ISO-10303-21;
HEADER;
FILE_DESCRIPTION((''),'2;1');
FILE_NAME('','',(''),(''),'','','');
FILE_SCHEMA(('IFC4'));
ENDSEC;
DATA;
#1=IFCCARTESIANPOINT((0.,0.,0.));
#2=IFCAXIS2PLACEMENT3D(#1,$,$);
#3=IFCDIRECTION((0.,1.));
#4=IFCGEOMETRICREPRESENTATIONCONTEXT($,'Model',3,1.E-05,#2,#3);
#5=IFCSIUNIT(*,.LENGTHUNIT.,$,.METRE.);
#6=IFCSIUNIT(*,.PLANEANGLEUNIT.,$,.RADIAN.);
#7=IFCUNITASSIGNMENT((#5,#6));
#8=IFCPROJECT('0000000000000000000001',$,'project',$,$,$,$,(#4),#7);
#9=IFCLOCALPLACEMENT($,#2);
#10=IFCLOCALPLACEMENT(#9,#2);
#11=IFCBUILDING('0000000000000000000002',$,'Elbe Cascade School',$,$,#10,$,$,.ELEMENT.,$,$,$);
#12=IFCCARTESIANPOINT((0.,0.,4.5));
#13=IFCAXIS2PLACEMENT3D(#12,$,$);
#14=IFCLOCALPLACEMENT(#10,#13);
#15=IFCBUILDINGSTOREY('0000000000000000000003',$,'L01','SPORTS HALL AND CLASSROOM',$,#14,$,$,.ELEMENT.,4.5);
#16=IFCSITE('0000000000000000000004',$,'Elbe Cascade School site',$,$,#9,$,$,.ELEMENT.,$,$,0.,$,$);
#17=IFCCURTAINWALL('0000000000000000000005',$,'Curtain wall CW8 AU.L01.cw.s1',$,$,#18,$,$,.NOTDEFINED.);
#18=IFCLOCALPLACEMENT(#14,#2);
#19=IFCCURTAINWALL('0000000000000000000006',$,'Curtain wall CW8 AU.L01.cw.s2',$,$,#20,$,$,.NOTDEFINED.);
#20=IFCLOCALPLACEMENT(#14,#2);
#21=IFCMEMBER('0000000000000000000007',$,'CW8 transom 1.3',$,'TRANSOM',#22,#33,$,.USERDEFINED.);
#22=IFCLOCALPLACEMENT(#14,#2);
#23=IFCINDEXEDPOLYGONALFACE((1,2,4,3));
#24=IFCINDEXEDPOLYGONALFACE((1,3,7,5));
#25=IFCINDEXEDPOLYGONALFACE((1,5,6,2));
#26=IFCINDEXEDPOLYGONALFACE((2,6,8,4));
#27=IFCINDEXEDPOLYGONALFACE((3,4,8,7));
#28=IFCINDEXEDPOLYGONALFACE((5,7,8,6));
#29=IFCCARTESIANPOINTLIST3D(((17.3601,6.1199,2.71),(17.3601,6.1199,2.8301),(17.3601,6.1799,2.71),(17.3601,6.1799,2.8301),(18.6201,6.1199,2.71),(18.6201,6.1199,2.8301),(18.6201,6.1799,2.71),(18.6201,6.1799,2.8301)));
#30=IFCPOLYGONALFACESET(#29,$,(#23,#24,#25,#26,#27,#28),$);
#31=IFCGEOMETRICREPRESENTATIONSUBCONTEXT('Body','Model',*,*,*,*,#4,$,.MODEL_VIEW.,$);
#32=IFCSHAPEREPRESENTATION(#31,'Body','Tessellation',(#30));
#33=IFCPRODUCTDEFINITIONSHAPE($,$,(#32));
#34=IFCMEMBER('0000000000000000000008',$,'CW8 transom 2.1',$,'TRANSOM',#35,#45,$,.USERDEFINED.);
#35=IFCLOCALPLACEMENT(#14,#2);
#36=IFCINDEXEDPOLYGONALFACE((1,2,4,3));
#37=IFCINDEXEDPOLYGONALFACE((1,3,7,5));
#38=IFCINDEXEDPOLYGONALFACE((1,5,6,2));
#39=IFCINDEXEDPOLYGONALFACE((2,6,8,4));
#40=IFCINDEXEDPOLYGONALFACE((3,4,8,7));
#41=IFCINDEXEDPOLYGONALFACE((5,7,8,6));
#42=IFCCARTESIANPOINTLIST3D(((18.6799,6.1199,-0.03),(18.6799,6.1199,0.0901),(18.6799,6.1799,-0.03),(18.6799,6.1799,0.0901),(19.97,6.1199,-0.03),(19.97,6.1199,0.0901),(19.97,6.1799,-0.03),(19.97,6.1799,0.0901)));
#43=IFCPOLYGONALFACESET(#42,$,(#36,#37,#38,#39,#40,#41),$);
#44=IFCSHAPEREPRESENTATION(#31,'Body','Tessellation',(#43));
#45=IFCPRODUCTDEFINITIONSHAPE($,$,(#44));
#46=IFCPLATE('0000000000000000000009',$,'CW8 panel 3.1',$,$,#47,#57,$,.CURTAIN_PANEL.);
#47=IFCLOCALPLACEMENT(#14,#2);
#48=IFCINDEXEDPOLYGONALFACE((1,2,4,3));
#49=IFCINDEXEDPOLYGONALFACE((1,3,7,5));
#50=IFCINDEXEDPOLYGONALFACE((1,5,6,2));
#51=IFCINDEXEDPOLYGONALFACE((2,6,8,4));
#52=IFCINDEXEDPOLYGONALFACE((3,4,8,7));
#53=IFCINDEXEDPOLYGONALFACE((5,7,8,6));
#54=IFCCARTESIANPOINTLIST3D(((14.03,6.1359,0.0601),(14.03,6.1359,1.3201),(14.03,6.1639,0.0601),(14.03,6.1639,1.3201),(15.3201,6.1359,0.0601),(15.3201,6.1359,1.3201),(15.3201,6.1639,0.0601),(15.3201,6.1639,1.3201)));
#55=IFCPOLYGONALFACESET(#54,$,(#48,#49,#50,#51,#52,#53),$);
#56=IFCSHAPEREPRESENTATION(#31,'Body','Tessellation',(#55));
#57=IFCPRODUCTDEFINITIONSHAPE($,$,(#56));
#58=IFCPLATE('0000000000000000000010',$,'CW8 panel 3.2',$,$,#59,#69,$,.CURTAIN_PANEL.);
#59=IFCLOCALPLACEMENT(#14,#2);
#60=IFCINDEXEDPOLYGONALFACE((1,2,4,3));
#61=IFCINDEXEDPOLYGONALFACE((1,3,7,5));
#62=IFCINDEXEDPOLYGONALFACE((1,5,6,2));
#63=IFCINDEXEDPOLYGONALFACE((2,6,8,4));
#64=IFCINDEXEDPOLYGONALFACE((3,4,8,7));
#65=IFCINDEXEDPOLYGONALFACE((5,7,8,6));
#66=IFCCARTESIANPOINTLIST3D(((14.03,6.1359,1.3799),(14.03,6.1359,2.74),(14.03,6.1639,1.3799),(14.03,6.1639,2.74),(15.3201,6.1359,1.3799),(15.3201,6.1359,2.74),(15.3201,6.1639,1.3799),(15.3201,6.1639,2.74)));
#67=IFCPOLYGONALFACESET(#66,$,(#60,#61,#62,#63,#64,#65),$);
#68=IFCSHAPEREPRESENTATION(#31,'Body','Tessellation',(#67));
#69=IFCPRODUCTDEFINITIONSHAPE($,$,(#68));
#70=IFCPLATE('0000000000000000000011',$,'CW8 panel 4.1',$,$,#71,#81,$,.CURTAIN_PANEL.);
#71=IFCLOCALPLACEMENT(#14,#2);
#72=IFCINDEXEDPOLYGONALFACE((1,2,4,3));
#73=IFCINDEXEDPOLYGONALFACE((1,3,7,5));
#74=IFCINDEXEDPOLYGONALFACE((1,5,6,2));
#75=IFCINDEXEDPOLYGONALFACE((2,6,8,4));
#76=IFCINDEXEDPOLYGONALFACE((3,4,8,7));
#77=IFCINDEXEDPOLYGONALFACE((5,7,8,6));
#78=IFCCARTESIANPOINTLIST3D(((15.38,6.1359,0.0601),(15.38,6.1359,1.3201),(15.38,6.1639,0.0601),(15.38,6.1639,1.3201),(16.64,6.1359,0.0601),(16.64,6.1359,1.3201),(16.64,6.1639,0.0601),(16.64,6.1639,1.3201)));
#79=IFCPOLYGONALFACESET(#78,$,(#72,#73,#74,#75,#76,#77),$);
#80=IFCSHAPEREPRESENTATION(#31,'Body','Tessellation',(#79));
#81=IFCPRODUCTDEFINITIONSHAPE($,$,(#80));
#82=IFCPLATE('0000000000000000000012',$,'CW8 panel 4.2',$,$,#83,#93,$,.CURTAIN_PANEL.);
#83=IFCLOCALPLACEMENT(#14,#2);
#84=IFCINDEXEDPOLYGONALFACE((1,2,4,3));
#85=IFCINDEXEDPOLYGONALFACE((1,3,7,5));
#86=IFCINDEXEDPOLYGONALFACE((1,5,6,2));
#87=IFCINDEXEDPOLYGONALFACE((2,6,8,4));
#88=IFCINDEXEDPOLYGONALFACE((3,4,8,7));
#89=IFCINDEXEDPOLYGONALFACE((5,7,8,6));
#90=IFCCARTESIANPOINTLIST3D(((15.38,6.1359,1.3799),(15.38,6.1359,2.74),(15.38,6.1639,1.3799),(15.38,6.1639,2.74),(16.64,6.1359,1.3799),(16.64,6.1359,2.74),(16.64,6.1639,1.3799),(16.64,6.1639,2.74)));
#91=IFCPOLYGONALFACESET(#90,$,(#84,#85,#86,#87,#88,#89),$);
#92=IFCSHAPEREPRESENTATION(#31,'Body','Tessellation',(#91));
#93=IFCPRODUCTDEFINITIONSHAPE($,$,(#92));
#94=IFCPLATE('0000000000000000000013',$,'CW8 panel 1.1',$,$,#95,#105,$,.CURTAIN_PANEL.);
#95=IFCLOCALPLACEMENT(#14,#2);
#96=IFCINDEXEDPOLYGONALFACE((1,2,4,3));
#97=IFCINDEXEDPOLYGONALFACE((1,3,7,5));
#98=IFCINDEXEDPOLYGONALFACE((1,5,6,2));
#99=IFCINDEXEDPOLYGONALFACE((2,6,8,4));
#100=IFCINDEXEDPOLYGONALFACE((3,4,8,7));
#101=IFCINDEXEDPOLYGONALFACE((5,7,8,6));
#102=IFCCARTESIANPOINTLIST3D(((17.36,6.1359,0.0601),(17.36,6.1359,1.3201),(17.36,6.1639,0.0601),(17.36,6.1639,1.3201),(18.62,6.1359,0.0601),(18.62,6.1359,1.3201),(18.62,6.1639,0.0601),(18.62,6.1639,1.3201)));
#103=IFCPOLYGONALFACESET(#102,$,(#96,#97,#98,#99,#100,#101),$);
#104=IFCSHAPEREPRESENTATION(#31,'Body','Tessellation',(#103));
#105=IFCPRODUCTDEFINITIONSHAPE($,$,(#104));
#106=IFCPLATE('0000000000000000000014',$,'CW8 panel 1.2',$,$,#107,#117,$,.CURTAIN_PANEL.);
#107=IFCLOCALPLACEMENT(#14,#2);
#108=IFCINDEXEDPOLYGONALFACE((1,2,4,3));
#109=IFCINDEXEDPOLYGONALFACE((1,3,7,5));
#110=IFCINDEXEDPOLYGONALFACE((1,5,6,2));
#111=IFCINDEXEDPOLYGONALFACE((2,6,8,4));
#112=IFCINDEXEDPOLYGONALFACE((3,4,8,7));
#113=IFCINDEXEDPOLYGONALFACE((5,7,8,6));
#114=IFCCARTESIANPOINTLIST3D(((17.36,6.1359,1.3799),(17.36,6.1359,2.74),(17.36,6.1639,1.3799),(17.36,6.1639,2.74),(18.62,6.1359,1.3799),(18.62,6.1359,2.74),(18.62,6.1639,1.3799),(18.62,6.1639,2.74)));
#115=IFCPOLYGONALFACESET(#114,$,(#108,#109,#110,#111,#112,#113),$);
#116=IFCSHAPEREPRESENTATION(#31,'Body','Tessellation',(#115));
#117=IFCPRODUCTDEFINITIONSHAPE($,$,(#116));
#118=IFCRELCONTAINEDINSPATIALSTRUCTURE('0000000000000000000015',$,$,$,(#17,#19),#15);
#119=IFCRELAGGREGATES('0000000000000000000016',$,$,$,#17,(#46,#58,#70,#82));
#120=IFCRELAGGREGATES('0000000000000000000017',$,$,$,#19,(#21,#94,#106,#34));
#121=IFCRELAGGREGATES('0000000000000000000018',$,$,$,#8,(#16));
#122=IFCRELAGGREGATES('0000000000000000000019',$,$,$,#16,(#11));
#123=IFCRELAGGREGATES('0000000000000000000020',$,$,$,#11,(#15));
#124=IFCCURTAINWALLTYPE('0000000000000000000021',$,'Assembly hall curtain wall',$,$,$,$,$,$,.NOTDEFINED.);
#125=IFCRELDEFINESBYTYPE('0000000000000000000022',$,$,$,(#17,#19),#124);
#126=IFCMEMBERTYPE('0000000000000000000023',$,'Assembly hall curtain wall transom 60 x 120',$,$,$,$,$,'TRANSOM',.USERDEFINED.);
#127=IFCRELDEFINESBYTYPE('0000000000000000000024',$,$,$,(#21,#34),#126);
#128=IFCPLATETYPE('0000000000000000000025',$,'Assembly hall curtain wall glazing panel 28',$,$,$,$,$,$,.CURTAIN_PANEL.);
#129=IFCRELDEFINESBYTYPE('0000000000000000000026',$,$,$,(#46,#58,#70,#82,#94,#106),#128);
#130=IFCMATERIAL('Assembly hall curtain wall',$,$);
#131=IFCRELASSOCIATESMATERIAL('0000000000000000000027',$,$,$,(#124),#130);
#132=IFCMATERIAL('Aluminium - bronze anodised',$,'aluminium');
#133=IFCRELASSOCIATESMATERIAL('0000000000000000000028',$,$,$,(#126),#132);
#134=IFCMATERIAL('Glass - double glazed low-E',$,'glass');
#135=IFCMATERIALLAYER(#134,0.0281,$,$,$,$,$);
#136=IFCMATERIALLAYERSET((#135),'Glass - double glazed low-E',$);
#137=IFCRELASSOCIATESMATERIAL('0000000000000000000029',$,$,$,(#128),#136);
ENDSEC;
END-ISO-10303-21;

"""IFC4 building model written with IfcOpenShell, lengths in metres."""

from ifc_helpers import new_model, si_unit, direction, frame, origin, origin_2d, place, context, subcontext, project, spatial, rectangle, extrude, material, layer, layer_set, material_profile, profile_set, type_object, element, aggregate, save


model = new_model("IFC4")

# Units and contexts
model_context = context("Model", 3, precision=1e-05, world=origin(), true_north=direction((0.0, 1.0)))
body_context = subcontext(model_context, "Body", "Model", "MODEL_VIEW")
ifc_project = project(units=[si_unit("LENGTHUNIT", "METRE"), si_unit("PLANEANGLEUNIT", "RADIAN")], contexts=[model_context])

# Site, building, storey
site_placement = place(None, origin())
site = spatial("IfcSite", under=ifc_project, at=site_placement, Name="Elbe Cascade School site", CompositionType="ELEMENT", RefElevation=0.0)
building_placement = place(site_placement, origin())
building = spatial("IfcBuilding", under=site, at=building_placement, Name="Elbe Cascade School", CompositionType="ELEMENT")
storey_placement = place(building_placement, frame((0.0, 0.0, 4.5)))
storey = spatial("IfcBuildingStorey", under=building, at=storey_placement, Name="L01", Description="SPORTS HALL AND CLASSROOM", CompositionType="ELEMENT", Elevation=4.5)

# Curtain walls
ifc_material_1 = material(Name="Assembly hall curtain wall")
curtain_wall_type = type_object("IfcCurtainWallType", Name="Assembly hall curtain wall", PredefinedType="NOTDEFINED", material=ifc_material_1)
curtain_wall_1_placement = place(storey_placement, origin())
curtain_wall_1 = element("IfcCurtainWall", 1, at=curtain_wall_1_placement, inside=storey, type_object=curtain_wall_type, Name="Curtain wall CW8 AU.L01.cw.s1", PredefinedType="NOTDEFINED")
curtain_wall_2_placement = place(storey_placement, origin())
curtain_wall_2 = element("IfcCurtainWall", 2, at=curtain_wall_2_placement, inside=storey, type_object=curtain_wall_type, Name="Curtain wall CW8 AU.L01.cw.s2", PredefinedType="NOTDEFINED")

# Members
ifc_material_2 = material(Name="Aluminium - bronze anodised", Category="aluminium")
ifc_material_profile_1 = material_profile(ifc_material_2, rectangle(XDim=0.0601, YDim=0.1201, at=origin_2d()), Name="RECT 60x120")
ifc_profile_set_1 = profile_set([ifc_material_profile_1], Name="Aluminium - bronze anodised")
member_type_1 = type_object("IfcMemberType", Name="Assembly hall curtain wall transom 60 x 120", ElementType="TRANSOM", PredefinedType="USERDEFINED", material=ifc_profile_set_1)
member_1_placement = place(storey_placement, frame((17.3601, 6.1499, 2.77), z_axis=(1.0, 0.0, 0.0), x_axis=(0.0, 1.0, 0.0)))
member_1 = element("IfcMember", 3, at=member_1_placement, type_object=member_type_1, Name="CW8 transom 1.3", ObjectType="TRANSOM", PredefinedType="USERDEFINED", context=body_context, shape_type="SweptSolid", body=[
    extrude(rectangle(XDim=0.0601, YDim=0.1201, at=origin_2d()), origin(), (0.0, 0.0, 1.0), 1.26),
])
member_2_placement = place(storey_placement, frame((18.6799, 6.1499, 0.03), z_axis=(1.0, 0.0, 0.0), x_axis=(0.0, 1.0, 0.0)))
member_2 = element("IfcMember", 4, at=member_2_placement, type_object=member_type_1, Name="CW8 transom 2.1", ObjectType="TRANSOM", PredefinedType="USERDEFINED", context=body_context, shape_type="SweptSolid", body=[
    extrude(rectangle(XDim=0.0601, YDim=0.1201, at=origin_2d()), origin(), (0.0, 0.0, 1.0), 1.29),
])

# Plates
ifc_material_3 = material(Name="Glass - double glazed low-E", Category="glass")
ifc_layer = layer(ifc_material_3, 0.0281)
ifc_layer_set = layer_set([ifc_layer], Name="Glass - double glazed low-E")
plate_type = type_object("IfcPlateType", Name="Assembly hall curtain wall glazing panel 28", PredefinedType="CURTAIN_PANEL", material=ifc_layer_set)
plate_1_placement = place(storey_placement, frame((14.675, 6.1499, 0.0601), z_axis=(0.0, 0.0, 1.0), x_axis=(1.0, 0.0, 0.0)))
plate_1 = element("IfcPlate", 5, at=plate_1_placement, type_object=plate_type, Name="CW8 panel 3.1", PredefinedType="CURTAIN_PANEL", context=body_context, shape_type="SweptSolid", body=[
    extrude(rectangle(XDim=1.29, YDim=0.0281, at=origin_2d()), origin(), (0.0, 0.0, 1.0), 1.26),
])
plate_2_placement = place(storey_placement, frame((14.675, 6.1499, 1.3799), z_axis=(0.0, 0.0, 1.0), x_axis=(1.0, 0.0, 0.0)))
plate_2 = element("IfcPlate", 6, at=plate_2_placement, type_object=plate_type, Name="CW8 panel 3.2", PredefinedType="CURTAIN_PANEL", context=body_context, shape_type="SweptSolid", body=[
    extrude(rectangle(XDim=1.29, YDim=0.0281, at=origin_2d()), origin(), (0.0, 0.0, 1.0), 1.3601),
])
plate_3_placement = place(storey_placement, frame((16.01, 6.1499, 0.0601), z_axis=(0.0, 0.0, 1.0), x_axis=(1.0, 0.0, 0.0)))
plate_3 = element("IfcPlate", 7, at=plate_3_placement, type_object=plate_type, Name="CW8 panel 4.1", PredefinedType="CURTAIN_PANEL", context=body_context, shape_type="SweptSolid", body=[
    extrude(rectangle(XDim=1.26, YDim=0.0281, at=origin_2d()), origin(), (0.0, 0.0, 1.0), 1.26),
])
plate_4_placement = place(storey_placement, frame((16.01, 6.1499, 1.3799), z_axis=(0.0, 0.0, 1.0), x_axis=(1.0, 0.0, 0.0)))
plate_4 = element("IfcPlate", 8, at=plate_4_placement, type_object=plate_type, Name="CW8 panel 4.2", PredefinedType="CURTAIN_PANEL", context=body_context, shape_type="SweptSolid", body=[
    extrude(rectangle(XDim=1.26, YDim=0.0281, at=origin_2d()), origin(), (0.0, 0.0, 1.0), 1.3601),
])
aggregate(curtain_wall_1, [plate_1, plate_2, plate_3, plate_4])
plate_5_placement = place(storey_placement, frame((17.99, 6.1499, 0.0601), z_axis=(0.0, 0.0, 1.0), x_axis=(1.0, 0.0, 0.0)))
plate_5 = element("IfcPlate", 9, at=plate_5_placement, type_object=plate_type, Name="CW8 panel 1.1", PredefinedType="CURTAIN_PANEL", context=body_context, shape_type="SweptSolid", body=[
    extrude(rectangle(XDim=1.26, YDim=0.0281, at=origin_2d()), origin(), (0.0, 0.0, 1.0), 1.26),
])
plate_6_placement = place(storey_placement, frame((17.99, 6.1499, 1.3799), z_axis=(0.0, 0.0, 1.0), x_axis=(1.0, 0.0, 0.0)))
plate_6 = element("IfcPlate", 10, at=plate_6_placement, type_object=plate_type, Name="CW8 panel 1.2", PredefinedType="CURTAIN_PANEL", context=body_context, shape_type="SweptSolid", body=[
    extrude(rectangle(XDim=1.26, YDim=0.0281, at=origin_2d()), origin(), (0.0, 0.0, 1.0), 1.3601),
])
aggregate(curtain_wall_2, [member_1, plate_5, plate_6, member_2])

save(model, "model.ifc")
